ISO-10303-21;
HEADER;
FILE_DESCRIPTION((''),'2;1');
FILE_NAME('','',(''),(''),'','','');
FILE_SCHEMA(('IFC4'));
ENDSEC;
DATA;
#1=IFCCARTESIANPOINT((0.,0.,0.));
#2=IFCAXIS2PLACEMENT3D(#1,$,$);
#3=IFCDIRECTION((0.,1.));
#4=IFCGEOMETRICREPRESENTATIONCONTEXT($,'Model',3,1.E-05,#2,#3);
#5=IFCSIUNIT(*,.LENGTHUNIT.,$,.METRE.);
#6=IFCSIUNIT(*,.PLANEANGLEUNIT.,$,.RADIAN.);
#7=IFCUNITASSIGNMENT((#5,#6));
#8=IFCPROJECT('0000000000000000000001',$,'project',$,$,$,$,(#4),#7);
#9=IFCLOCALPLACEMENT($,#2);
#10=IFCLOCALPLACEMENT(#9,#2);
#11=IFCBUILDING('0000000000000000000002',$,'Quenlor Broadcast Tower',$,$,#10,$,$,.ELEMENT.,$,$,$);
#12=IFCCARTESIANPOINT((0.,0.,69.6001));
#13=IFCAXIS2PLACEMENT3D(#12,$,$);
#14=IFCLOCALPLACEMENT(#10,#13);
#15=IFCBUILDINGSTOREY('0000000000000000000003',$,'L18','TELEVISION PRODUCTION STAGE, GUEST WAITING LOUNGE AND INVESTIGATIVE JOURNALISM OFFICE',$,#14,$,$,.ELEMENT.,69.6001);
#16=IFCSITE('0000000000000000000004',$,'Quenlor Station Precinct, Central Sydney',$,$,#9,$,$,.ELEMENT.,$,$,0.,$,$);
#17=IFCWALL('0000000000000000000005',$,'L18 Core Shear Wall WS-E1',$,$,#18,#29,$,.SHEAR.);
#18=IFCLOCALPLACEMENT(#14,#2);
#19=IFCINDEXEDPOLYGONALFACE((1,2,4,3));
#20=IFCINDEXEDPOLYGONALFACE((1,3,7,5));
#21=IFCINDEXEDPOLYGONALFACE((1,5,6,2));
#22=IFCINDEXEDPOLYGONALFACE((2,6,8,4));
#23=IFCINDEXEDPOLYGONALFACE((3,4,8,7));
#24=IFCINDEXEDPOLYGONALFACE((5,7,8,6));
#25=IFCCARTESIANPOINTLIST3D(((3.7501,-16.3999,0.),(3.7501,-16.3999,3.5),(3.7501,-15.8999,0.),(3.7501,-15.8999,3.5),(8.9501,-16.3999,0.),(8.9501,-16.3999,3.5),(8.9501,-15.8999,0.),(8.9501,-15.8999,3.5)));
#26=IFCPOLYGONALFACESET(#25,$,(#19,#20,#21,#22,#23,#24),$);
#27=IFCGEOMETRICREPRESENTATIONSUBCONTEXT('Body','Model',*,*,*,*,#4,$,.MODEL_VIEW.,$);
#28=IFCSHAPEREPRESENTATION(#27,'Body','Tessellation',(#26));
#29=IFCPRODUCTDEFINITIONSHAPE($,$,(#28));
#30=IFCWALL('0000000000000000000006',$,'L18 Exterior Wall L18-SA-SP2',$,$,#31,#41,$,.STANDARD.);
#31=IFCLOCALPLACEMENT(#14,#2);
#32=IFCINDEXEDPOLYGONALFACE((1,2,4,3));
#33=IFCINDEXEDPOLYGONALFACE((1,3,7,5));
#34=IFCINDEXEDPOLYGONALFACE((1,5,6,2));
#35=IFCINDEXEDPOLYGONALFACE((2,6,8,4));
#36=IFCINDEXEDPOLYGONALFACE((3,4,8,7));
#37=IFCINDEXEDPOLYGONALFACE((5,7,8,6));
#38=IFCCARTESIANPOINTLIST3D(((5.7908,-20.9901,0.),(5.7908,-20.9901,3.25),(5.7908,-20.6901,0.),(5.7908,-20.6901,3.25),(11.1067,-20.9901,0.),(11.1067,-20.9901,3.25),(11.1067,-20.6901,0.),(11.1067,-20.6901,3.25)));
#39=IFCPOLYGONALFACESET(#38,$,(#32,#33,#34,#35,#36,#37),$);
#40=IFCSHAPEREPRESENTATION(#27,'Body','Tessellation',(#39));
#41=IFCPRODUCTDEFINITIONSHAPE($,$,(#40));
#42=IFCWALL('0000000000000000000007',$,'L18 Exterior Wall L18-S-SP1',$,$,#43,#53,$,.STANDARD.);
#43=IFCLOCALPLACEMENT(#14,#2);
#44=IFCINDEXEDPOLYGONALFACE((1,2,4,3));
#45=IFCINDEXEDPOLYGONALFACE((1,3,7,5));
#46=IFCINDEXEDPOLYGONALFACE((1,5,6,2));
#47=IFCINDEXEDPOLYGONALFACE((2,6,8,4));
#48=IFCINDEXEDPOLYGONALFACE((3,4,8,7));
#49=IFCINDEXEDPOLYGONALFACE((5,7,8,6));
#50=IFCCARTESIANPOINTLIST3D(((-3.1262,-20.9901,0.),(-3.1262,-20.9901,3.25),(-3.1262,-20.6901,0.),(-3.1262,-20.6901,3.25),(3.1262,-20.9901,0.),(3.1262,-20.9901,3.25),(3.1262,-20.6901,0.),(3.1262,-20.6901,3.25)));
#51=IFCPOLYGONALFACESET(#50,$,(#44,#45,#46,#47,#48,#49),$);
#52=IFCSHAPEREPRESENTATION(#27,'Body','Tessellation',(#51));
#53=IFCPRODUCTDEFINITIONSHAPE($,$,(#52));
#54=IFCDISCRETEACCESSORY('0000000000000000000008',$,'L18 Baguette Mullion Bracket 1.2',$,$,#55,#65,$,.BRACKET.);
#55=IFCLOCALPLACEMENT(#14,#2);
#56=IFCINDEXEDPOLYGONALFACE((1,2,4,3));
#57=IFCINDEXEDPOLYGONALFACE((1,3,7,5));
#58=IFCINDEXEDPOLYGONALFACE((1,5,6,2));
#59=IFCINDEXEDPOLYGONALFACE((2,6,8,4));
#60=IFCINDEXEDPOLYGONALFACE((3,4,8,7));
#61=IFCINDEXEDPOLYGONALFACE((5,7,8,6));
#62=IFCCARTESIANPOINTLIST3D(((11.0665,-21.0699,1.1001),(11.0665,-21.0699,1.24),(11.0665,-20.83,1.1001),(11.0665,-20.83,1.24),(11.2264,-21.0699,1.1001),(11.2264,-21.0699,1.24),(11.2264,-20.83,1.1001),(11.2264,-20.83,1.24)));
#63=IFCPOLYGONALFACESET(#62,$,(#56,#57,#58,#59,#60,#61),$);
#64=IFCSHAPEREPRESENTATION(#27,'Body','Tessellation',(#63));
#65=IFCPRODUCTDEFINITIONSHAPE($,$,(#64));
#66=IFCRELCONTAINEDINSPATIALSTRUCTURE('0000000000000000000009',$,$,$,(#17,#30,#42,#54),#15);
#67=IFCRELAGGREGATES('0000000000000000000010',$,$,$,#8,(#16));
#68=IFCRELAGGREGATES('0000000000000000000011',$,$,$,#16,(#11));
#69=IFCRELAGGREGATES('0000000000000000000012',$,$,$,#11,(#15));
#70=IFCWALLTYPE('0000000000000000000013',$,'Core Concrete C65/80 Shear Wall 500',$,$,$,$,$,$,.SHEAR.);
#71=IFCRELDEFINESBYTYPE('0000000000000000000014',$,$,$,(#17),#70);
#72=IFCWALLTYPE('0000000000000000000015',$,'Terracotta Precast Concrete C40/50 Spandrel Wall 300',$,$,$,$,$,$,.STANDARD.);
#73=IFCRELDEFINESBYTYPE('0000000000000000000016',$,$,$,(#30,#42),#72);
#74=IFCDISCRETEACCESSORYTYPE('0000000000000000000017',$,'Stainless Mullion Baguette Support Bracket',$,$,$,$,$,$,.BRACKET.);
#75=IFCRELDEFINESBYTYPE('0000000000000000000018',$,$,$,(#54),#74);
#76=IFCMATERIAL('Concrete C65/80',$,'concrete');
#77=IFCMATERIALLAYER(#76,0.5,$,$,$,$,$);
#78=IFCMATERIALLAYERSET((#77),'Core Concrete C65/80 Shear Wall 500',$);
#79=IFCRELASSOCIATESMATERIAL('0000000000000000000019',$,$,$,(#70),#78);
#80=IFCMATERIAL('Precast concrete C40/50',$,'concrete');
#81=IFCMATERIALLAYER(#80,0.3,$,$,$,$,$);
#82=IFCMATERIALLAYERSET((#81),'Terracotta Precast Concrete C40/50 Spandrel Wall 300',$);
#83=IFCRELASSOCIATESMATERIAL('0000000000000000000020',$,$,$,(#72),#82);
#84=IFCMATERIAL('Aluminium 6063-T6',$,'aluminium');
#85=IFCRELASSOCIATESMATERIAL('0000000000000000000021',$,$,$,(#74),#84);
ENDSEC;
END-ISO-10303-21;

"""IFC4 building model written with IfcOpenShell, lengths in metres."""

from ifc_helpers import new_model, si_unit, direction, frame, frame_2d, origin, origin_2d, place, context, subcontext, project, spatial, rectangle, extrude, material, layer, layer_set, type_object, element, save


model = new_model("IFC4")

# Units and contexts
model_context = context("Model", 3, precision=1e-05, world=origin(), true_north=direction((0.0, 1.0)))
body_context = subcontext(model_context, "Body", "Model", "MODEL_VIEW")
ifc_project = project(units=[si_unit("LENGTHUNIT", "METRE"), si_unit("PLANEANGLEUNIT", "RADIAN")], contexts=[model_context])

# Site, building, storey
site_placement = place(None, origin())
site = spatial("IfcSite", under=ifc_project, at=site_placement, Name="Quenlor Station Precinct, Central Sydney", CompositionType="ELEMENT", RefElevation=0.0)
building_placement = place(site_placement, origin())
building = spatial("IfcBuilding", under=site, at=building_placement, Name="Quenlor Broadcast Tower", CompositionType="ELEMENT")
storey_placement = place(building_placement, frame((0.0, 0.0, 69.6001)))
storey = spatial("IfcBuildingStorey", under=building, at=storey_placement, Name="L18", Description="TELEVISION PRODUCTION STAGE, GUEST WAITING LOUNGE AND INVESTIGATIVE JOURNALISM OFFICE", CompositionType="ELEMENT", Elevation=69.6001)

# Walls
ifc_material_1 = material(Name="Concrete C65/80", Category="concrete")
ifc_layer_1 = layer(ifc_material_1, 0.5)
ifc_layer_set_1 = layer_set([ifc_layer_1], Name="Core Concrete C65/80 Shear Wall 500")
wall_type_1 = type_object("IfcWallType", Name="Core Concrete C65/80 Shear Wall 500", PredefinedType="SHEAR", material=ifc_layer_set_1)
wall_1_placement = place(storey_placement, frame((3.75, -16.1499, 0.0), z_axis=(0.0, 0.0, 1.0), x_axis=(1.0, 0.0, 0.0)))
element("IfcWall", 1, at=wall_1_placement, inside=storey, type_object=wall_type_1, Name="L18 Core Shear Wall WS-E1", PredefinedType="SHEAR", context=body_context, shape_type="SweptSolid", body=[
    extrude(rectangle(XDim=5.2, YDim=0.5, at=frame_2d((2.6001, 0.0))), origin(), (0.0, 0.0, 1.0), 3.5),
])
ifc_material_2 = material(Name="Precast concrete C40/50", Category="concrete")
ifc_layer_2 = layer(ifc_material_2, 0.3)
ifc_layer_set_2 = layer_set([ifc_layer_2], Name="Terracotta Precast Concrete C40/50 Spandrel Wall 300")
wall_type_2 = type_object("IfcWallType", Name="Terracotta Precast Concrete C40/50 Spandrel Wall 300", PredefinedType="STANDARD", material=ifc_layer_set_2)
wall_2_placement = place(storey_placement, frame((11.1067, -20.8401, 0.0), z_axis=(0.0, 0.0, 1.0), x_axis=(-1.0, 0.0, 0.0)))
element("IfcWall", 2, at=wall_2_placement, inside=storey, type_object=wall_type_2, Name="L18 Exterior Wall L18-SA-SP2", PredefinedType="STANDARD", context=body_context, shape_type="SweptSolid", body=[
    extrude(rectangle(XDim=5.3159, YDim=0.3, at=frame_2d((2.658, 0.0))), origin(), (0.0, 0.0, 1.0), 3.25),
])
wall_3_placement = place(storey_placement, frame((3.1262, -20.8401, 0.0), z_axis=(0.0, 0.0, 1.0), x_axis=(-1.0, 0.0, 0.0)))
element("IfcWall", 3, at=wall_3_placement, inside=storey, type_object=wall_type_2, Name="L18 Exterior Wall L18-S-SP1", PredefinedType="STANDARD", context=body_context, shape_type="SweptSolid", body=[
    extrude(rectangle(XDim=6.2524, YDim=0.3, at=frame_2d((3.1262, 0.0))), origin(), (0.0, 0.0, 1.0), 3.25),
])

# Discrete accessory
ifc_material_3 = material(Name="Aluminium 6063-T6", Category="aluminium")
discrete_accessory_type = type_object("IfcDiscreteAccessoryType", Name="Stainless Mullion Baguette Support Bracket", PredefinedType="BRACKET", material=ifc_material_3)
discrete_accessory_placement = place(storey_placement, frame((11.1465, -20.95, 1.1001), z_axis=(0.0, 0.0, 1.0), x_axis=(-1.0, 0.0, 0.0)))
element("IfcDiscreteAccessory", 4, at=discrete_accessory_placement, inside=storey, type_object=discrete_accessory_type, Name="L18 Baguette Mullion Bracket 1.2", PredefinedType="BRACKET", context=body_context, shape_type="SweptSolid", body=[
    extrude(rectangle(XDim=0.1599, YDim=0.24, at=origin_2d()), origin(), (0.0, 0.0, 1.0), 0.1399),
])

save(model, "model.ifc")
